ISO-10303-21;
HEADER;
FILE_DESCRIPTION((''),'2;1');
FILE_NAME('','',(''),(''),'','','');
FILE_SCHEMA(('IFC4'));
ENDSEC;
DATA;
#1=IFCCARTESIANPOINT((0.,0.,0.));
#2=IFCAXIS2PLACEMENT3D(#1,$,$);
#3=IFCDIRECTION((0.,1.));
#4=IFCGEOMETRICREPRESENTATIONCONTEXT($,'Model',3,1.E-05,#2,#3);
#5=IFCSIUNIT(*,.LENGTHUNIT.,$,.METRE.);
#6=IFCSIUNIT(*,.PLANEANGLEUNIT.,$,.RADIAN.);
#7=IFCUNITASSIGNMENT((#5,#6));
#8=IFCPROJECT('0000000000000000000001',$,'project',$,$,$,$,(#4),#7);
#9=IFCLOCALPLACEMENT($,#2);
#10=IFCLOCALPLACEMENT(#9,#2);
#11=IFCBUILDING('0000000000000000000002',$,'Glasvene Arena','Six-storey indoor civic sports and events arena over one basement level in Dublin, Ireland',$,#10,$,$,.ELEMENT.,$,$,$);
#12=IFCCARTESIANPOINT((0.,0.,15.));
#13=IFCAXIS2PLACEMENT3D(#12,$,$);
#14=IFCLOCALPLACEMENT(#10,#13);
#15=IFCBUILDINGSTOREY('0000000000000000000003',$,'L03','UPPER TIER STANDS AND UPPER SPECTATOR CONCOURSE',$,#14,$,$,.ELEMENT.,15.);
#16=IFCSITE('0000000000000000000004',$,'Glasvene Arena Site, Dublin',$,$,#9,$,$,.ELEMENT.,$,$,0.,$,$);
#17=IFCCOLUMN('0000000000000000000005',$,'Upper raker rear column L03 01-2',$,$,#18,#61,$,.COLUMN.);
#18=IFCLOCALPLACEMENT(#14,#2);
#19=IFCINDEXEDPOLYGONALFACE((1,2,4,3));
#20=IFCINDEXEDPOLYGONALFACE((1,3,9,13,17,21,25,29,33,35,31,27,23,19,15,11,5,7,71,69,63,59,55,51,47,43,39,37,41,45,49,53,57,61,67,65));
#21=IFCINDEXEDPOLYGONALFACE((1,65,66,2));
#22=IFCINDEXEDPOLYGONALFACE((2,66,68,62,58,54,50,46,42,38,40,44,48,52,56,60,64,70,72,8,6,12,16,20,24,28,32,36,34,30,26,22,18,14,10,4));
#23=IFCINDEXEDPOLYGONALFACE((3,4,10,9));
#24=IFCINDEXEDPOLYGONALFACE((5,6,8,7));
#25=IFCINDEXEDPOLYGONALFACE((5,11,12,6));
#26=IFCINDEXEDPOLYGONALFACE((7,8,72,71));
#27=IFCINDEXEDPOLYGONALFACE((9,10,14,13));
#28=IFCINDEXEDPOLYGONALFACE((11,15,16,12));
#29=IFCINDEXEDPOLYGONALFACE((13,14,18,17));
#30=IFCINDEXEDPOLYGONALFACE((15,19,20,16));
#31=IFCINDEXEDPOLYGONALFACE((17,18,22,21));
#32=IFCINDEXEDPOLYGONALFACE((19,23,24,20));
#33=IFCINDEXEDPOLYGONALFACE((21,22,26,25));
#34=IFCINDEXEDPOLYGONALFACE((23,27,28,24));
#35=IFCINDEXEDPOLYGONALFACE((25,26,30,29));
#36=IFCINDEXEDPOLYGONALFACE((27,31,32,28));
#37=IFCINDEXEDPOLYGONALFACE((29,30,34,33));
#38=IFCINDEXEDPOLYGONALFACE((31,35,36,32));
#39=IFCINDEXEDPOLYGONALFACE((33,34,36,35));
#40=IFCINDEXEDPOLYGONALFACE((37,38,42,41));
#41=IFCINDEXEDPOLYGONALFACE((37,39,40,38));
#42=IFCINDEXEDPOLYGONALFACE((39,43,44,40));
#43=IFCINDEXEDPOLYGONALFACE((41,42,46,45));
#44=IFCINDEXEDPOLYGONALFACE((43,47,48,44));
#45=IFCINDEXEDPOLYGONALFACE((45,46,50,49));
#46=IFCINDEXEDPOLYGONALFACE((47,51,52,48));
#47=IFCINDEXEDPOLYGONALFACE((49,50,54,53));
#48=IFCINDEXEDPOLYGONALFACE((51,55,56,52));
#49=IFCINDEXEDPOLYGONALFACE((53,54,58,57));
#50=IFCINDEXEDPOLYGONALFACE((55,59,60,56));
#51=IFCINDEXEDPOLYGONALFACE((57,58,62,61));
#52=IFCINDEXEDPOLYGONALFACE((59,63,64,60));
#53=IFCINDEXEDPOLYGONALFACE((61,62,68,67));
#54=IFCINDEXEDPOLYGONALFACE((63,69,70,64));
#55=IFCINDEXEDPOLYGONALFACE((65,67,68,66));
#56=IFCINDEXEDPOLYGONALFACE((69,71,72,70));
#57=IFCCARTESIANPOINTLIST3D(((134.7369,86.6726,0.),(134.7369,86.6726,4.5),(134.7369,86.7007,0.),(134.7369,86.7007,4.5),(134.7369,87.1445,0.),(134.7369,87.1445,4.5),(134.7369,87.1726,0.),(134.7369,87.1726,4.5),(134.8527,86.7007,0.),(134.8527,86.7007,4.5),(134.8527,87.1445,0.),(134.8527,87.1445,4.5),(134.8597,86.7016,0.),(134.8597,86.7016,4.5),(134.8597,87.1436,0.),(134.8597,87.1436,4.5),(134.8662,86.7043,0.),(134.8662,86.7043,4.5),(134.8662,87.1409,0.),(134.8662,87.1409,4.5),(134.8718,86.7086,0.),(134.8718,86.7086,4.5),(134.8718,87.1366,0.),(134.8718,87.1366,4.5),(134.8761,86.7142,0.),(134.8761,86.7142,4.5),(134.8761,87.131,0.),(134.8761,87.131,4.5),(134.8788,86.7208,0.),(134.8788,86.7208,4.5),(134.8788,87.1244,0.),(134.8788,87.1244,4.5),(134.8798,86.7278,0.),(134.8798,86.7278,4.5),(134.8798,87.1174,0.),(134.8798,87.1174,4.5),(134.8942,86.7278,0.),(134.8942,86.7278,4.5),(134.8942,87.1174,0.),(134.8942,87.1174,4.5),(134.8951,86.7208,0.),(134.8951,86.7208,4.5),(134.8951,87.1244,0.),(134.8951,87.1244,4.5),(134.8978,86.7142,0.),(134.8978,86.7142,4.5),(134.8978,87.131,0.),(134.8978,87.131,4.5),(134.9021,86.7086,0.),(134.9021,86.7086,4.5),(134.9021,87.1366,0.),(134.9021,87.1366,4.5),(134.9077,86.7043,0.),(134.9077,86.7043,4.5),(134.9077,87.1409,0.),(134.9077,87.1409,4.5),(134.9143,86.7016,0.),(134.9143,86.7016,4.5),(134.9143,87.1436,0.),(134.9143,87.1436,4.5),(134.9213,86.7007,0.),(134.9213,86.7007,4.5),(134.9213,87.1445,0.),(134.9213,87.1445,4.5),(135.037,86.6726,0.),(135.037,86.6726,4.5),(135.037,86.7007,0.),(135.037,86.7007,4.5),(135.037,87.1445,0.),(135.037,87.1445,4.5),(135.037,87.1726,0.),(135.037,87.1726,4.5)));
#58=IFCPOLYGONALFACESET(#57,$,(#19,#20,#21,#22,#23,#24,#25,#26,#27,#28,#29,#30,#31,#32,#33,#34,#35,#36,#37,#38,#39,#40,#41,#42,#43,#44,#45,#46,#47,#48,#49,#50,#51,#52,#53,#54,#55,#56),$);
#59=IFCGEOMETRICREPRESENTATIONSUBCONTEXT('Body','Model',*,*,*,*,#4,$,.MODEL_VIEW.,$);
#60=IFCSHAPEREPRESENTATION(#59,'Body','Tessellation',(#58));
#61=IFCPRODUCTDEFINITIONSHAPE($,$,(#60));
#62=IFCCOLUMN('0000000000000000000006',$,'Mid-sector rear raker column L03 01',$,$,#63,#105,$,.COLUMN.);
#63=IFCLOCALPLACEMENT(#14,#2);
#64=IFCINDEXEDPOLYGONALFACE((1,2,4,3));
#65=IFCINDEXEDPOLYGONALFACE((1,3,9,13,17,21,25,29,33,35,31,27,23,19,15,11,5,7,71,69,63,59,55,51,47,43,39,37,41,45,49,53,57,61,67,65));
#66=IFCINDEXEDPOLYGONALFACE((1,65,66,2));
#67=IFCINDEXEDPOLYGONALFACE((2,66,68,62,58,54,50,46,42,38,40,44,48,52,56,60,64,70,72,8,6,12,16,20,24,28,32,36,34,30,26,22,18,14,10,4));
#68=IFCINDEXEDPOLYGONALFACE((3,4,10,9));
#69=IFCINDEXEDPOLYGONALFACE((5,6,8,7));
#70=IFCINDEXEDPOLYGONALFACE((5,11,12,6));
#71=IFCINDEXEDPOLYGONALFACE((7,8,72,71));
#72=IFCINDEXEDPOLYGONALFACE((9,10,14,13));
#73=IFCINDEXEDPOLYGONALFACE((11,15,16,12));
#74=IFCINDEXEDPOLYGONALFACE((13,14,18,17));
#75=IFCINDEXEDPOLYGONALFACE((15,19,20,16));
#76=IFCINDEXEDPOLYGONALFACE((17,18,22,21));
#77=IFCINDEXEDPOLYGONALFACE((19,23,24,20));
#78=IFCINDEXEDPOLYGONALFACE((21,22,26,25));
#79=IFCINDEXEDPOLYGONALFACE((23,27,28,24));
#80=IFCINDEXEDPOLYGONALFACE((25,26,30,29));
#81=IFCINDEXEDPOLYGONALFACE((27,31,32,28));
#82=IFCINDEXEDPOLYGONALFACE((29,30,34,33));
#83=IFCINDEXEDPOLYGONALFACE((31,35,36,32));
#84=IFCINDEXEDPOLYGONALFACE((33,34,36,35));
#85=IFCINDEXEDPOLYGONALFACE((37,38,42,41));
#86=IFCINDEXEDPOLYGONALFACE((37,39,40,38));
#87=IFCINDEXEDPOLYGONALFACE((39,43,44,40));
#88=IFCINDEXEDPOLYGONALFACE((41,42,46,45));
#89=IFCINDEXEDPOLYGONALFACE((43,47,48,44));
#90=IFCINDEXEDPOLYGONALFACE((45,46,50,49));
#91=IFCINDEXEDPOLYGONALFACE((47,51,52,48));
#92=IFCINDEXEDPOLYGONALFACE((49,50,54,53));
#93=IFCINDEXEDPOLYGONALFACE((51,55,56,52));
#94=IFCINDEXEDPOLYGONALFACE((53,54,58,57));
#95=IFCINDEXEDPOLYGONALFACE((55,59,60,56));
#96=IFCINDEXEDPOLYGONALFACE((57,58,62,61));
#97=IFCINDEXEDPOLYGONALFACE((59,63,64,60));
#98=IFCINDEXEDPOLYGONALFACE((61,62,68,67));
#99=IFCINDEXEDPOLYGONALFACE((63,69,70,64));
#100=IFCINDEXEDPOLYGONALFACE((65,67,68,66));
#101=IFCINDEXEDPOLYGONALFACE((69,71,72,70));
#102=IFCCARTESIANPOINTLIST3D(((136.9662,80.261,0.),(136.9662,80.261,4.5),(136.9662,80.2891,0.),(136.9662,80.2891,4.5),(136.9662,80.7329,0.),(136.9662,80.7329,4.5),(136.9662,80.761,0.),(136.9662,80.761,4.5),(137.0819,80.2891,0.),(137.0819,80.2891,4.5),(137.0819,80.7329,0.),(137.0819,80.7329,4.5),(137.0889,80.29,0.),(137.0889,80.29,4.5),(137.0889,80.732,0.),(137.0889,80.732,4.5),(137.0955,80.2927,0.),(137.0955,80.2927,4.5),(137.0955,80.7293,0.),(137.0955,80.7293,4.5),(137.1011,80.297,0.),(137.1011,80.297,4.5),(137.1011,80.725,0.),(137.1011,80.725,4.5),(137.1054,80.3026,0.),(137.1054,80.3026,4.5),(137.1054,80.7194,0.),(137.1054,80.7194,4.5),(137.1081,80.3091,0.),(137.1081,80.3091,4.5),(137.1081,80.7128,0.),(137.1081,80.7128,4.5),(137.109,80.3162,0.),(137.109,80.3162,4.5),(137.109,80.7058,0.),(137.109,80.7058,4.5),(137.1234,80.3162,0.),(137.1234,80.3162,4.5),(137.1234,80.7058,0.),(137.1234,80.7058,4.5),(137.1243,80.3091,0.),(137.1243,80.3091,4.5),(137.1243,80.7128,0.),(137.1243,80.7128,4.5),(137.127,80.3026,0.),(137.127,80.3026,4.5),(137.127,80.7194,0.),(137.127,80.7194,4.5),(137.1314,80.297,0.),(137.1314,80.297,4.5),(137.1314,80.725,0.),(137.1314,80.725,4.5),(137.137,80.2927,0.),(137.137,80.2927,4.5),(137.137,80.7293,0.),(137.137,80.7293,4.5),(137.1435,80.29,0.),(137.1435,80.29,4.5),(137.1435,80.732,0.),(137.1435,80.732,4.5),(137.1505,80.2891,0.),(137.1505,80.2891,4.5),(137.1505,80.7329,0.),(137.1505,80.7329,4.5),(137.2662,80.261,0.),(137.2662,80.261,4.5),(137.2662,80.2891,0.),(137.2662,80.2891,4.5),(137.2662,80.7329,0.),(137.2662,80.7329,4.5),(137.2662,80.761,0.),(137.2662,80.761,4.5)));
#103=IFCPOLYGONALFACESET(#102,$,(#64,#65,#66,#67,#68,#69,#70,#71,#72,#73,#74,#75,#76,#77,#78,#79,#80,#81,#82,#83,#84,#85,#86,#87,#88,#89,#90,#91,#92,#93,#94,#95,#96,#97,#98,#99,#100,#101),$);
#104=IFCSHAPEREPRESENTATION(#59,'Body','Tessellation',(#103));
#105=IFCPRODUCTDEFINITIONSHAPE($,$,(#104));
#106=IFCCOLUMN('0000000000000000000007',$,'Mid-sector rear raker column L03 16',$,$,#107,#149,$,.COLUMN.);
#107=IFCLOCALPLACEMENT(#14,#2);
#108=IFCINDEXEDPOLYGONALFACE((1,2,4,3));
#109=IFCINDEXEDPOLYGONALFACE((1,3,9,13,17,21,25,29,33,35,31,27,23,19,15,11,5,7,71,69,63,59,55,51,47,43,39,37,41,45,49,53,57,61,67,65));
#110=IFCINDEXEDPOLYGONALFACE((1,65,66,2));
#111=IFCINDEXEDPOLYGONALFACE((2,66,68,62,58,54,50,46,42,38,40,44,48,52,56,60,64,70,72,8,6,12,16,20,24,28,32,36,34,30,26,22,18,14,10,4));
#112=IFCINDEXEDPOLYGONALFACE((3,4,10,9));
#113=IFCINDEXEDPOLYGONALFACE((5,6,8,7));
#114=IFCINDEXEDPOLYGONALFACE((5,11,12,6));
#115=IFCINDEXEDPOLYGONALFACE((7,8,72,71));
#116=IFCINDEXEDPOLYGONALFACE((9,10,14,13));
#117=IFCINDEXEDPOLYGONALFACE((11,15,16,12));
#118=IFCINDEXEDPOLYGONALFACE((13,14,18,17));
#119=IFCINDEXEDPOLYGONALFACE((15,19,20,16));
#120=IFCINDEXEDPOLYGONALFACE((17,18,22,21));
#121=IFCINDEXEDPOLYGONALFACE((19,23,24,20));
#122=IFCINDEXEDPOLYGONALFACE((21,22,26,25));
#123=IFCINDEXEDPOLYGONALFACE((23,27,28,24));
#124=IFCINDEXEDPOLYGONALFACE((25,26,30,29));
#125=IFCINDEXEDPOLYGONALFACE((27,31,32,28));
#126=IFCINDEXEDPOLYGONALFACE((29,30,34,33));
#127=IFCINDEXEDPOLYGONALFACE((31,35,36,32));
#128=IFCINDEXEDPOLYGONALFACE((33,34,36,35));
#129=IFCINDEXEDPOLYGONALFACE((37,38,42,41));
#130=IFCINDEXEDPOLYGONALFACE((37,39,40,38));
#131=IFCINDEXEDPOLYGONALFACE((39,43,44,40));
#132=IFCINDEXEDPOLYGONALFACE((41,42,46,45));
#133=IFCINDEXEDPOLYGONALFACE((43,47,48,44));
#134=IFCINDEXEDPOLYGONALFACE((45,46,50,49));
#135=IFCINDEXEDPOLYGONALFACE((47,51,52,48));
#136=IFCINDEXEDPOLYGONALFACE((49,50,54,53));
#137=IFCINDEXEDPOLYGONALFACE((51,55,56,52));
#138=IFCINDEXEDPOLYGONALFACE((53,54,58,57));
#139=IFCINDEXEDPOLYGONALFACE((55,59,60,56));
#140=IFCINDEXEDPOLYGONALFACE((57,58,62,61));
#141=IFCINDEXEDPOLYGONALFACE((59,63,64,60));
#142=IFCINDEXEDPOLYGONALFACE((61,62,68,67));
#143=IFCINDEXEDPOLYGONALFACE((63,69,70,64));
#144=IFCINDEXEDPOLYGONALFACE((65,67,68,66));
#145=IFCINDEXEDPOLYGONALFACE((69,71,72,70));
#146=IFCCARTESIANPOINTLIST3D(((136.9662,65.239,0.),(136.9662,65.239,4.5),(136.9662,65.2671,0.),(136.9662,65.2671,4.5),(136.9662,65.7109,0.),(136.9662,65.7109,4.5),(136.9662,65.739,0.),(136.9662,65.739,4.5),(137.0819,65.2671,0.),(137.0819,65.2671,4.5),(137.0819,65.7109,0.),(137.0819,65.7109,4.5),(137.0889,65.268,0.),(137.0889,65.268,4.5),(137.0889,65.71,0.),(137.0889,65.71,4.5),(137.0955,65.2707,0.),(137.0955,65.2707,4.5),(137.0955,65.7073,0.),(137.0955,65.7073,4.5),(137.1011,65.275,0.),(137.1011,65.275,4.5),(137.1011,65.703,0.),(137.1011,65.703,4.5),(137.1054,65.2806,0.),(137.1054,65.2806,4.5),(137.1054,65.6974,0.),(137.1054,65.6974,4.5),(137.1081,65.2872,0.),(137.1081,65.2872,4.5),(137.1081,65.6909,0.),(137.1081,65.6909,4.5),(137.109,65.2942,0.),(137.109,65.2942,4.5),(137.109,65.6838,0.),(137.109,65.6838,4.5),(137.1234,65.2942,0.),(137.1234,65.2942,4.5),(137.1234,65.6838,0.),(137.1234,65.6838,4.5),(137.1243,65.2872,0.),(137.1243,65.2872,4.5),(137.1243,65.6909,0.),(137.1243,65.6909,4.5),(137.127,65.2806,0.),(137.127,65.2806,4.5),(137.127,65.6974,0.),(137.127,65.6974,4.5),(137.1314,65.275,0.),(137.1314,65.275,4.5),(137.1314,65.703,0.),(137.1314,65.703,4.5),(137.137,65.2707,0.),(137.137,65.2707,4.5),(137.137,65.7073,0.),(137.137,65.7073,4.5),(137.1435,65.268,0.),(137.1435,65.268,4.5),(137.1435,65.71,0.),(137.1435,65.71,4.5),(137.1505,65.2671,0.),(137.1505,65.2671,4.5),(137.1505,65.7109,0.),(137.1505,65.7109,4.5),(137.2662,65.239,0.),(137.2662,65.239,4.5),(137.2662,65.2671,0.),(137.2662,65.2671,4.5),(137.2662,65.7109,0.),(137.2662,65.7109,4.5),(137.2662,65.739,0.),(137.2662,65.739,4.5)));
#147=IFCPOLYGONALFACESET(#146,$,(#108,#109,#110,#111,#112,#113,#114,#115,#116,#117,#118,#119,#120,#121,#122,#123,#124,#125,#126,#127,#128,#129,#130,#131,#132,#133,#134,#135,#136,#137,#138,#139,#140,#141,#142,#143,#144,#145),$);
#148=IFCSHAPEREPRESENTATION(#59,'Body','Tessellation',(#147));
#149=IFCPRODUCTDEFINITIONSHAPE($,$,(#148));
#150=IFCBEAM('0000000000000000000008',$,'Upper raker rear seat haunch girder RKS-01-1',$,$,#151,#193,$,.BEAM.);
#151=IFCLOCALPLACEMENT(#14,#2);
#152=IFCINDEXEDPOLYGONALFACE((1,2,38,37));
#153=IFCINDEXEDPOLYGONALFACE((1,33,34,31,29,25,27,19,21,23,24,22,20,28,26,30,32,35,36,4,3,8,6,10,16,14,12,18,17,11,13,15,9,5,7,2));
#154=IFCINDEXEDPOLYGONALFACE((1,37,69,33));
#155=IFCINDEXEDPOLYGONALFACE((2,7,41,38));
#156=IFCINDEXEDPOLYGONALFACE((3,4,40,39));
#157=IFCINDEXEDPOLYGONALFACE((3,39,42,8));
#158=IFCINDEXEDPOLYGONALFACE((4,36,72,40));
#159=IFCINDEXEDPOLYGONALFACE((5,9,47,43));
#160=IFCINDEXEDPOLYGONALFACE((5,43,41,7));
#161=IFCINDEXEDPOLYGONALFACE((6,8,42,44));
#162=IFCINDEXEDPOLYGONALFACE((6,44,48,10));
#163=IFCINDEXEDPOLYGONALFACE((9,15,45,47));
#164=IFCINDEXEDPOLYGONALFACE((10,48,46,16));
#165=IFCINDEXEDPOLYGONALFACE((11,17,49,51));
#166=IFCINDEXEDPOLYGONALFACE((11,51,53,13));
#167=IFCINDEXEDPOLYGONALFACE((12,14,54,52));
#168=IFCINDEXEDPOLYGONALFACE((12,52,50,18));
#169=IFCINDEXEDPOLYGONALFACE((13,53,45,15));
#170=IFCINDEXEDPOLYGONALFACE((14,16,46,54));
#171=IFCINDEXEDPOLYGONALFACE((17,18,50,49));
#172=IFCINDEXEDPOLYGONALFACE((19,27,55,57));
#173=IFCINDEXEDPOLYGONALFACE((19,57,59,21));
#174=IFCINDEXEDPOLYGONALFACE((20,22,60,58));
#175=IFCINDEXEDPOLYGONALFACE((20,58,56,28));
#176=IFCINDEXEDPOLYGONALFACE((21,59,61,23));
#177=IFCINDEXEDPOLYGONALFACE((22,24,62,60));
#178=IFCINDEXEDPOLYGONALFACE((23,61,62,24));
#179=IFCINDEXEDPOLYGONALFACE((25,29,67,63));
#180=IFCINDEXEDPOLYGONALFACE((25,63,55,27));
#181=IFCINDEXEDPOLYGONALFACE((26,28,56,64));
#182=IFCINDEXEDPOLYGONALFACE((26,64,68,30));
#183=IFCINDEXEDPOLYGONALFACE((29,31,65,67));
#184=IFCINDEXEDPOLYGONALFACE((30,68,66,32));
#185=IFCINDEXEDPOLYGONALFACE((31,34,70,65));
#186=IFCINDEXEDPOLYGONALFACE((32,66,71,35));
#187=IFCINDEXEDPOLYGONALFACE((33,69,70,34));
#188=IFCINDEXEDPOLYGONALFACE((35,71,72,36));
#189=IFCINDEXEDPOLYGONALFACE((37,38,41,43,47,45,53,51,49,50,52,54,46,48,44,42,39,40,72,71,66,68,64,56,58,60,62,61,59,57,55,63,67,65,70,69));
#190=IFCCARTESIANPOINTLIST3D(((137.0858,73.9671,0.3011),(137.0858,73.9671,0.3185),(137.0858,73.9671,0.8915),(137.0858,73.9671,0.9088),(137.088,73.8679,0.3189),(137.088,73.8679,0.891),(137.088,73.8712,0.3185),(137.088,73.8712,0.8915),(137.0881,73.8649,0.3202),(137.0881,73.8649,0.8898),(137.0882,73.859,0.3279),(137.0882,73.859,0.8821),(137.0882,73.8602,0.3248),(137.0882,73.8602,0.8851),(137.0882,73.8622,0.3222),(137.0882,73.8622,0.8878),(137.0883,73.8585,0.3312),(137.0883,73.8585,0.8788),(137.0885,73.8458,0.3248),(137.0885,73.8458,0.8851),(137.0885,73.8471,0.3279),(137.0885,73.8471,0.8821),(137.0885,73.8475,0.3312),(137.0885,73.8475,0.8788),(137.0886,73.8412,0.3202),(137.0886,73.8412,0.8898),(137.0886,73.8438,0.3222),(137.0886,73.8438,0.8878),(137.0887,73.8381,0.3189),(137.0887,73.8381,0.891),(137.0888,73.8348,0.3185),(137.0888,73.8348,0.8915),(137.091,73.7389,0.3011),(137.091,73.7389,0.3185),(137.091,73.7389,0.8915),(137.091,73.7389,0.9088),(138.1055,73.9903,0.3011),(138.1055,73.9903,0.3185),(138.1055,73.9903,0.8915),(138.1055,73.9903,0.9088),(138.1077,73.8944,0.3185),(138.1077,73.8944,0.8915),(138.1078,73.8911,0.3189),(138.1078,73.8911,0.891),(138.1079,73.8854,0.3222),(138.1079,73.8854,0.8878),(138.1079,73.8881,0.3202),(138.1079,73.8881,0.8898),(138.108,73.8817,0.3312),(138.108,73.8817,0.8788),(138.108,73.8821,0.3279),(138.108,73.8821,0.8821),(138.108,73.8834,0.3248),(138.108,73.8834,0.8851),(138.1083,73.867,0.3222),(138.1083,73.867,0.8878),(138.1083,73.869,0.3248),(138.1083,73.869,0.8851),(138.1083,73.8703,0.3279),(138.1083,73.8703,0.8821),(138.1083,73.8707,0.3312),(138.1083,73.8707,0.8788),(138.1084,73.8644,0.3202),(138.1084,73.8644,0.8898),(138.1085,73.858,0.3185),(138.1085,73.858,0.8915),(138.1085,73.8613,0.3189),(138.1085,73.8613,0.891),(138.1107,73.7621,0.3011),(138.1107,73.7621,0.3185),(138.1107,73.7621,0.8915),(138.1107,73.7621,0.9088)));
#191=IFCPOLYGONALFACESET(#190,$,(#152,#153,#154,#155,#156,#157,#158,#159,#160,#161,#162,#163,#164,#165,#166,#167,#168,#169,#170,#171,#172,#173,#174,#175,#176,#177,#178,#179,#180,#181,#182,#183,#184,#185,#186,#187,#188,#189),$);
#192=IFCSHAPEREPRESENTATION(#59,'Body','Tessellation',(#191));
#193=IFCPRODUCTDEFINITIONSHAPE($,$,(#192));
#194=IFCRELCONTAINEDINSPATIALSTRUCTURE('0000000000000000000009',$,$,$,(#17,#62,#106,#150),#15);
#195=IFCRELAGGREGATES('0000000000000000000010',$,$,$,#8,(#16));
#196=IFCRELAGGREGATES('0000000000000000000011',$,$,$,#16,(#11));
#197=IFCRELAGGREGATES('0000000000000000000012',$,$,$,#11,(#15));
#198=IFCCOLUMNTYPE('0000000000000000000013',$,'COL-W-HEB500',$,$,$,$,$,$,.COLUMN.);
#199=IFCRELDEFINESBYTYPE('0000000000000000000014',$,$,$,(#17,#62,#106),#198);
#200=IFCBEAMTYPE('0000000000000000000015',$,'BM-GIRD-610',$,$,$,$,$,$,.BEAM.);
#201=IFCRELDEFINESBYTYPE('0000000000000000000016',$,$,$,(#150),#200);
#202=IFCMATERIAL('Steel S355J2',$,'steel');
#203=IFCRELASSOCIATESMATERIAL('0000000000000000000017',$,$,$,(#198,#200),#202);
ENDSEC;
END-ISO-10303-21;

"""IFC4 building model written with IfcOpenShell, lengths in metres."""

from ifc_helpers import new_model, si_unit, direction, frame, origin, origin_2d, place, context, subcontext, project, spatial, i_section, extrude, material, material_profile, profile_set, type_object, element, save


model = new_model("IFC4")

# Units and contexts
model_context = context("Model", 3, precision=1e-05, world=origin(), true_north=direction((0.0, 1.0)))
body_context = subcontext(model_context, "Body", "Model", "MODEL_VIEW")
ifc_project = project(units=[si_unit("LENGTHUNIT", "METRE"), si_unit("PLANEANGLEUNIT", "RADIAN")], contexts=[model_context])

# Site, building, storey
site_placement = place(None, origin())
site = spatial("IfcSite", under=ifc_project, at=site_placement, Name="Glasvene Arena Site, Dublin", CompositionType="ELEMENT", RefElevation=0.0)
building_placement = place(site_placement, origin())
building = spatial("IfcBuilding", under=site, at=building_placement, Name="Glasvene Arena", Description="Six-storey indoor civic sports and events arena over one basement level in Dublin, Ireland", CompositionType="ELEMENT")
storey_placement = place(building_placement, frame((0.0, 0.0, 15.0)))
storey = spatial("IfcBuildingStorey", under=building, at=storey_placement, Name="L03", Description="UPPER TIER STANDS AND UPPER SPECTATOR CONCOURSE", CompositionType="ELEMENT", Elevation=15.0)

# Columns
ifc_material_1 = material(Name="Steel S355J2", Category="steel")
ifc_material_profile_1 = material_profile(ifc_material_1, i_section(OverallWidth=0.3, OverallDepth=0.5, WebThickness=0.0144, FlangeThickness=0.0281, FilletRadius=0.0271, at=origin_2d()), Name="HEB 500")
ifc_profile_set_1 = profile_set([ifc_material_profile_1], Name="Steel S355J2")
column_type = type_object("IfcColumnType", Name="COL-W-HEB500", PredefinedType="COLUMN", material=ifc_profile_set_1)
for number, where, z_axis, x_axis, name in (
    (1, (134.887, 86.9226, 0.0), (0.0, 0.0, 1.0), (1.0, 0.0, 0.0), "Upper raker rear column L03 01-2"),
    (2, (137.1162, 80.511, 0.0), (0.0, 0.0, 1.0), (1.0, 0.0, 0.0), "Mid-sector rear raker column L03 01"),
    (3, (137.1162, 65.489, 0.0), (0.0, 0.0, 1.0), (1.0, 0.0, 0.0), "Mid-sector rear raker column L03 16"),
):
    element("IfcColumn", number, at=place(storey_placement, frame(where, z_axis=z_axis, x_axis=x_axis)), inside=storey, type_object=column_type, Name=name, PredefinedType="COLUMN", context=body_context, shape_type="SweptSolid", body=[
        extrude(i_section(OverallWidth=0.3, OverallDepth=0.5, WebThickness=0.0144, FlangeThickness=0.0281, FilletRadius=0.0271, at=origin_2d()), origin(), (0.0, 0.0, 1.0), 4.5),
    ])

# Beam
ifc_material_profile_2 = material_profile(ifc_material_1, i_section(OverallWidth=0.2283, OverallDepth=0.6077, WebThickness=0.011, FlangeThickness=0.0173, FilletRadius=0.0127, at=origin_2d()), Name="UKB 610x229x113")
ifc_profile_set_2 = profile_set([ifc_material_profile_2], Name="Steel S355J2")
beam_type_1 = type_object("IfcBeamType", Name="BM-GIRD-610", PredefinedType="BEAM", material=ifc_profile_set_2)
for number, where, z_axis, x_axis, name in (
    (4, (137.0884, 73.853, 0.605), (0.999741, 0.022738, 0.0), (-0.022738, 0.999741, 0.0), "Upper raker rear seat haunch girder RKS-01-1"),
):
    element("IfcBeam", number, at=place(storey_placement, frame(where, z_axis=z_axis, x_axis=x_axis)), inside=storey, type_object=beam_type_1, Name=name, PredefinedType="BEAM", context=body_context, shape_type="SweptSolid", body=[
        extrude(i_section(OverallWidth=0.2283, OverallDepth=0.6077, WebThickness=0.011, FlangeThickness=0.0173, FilletRadius=0.0127, at=origin_2d()), origin(), (0.0, 0.0, 1.0), 1.02),
    ])

save(model, "model.ifc")
